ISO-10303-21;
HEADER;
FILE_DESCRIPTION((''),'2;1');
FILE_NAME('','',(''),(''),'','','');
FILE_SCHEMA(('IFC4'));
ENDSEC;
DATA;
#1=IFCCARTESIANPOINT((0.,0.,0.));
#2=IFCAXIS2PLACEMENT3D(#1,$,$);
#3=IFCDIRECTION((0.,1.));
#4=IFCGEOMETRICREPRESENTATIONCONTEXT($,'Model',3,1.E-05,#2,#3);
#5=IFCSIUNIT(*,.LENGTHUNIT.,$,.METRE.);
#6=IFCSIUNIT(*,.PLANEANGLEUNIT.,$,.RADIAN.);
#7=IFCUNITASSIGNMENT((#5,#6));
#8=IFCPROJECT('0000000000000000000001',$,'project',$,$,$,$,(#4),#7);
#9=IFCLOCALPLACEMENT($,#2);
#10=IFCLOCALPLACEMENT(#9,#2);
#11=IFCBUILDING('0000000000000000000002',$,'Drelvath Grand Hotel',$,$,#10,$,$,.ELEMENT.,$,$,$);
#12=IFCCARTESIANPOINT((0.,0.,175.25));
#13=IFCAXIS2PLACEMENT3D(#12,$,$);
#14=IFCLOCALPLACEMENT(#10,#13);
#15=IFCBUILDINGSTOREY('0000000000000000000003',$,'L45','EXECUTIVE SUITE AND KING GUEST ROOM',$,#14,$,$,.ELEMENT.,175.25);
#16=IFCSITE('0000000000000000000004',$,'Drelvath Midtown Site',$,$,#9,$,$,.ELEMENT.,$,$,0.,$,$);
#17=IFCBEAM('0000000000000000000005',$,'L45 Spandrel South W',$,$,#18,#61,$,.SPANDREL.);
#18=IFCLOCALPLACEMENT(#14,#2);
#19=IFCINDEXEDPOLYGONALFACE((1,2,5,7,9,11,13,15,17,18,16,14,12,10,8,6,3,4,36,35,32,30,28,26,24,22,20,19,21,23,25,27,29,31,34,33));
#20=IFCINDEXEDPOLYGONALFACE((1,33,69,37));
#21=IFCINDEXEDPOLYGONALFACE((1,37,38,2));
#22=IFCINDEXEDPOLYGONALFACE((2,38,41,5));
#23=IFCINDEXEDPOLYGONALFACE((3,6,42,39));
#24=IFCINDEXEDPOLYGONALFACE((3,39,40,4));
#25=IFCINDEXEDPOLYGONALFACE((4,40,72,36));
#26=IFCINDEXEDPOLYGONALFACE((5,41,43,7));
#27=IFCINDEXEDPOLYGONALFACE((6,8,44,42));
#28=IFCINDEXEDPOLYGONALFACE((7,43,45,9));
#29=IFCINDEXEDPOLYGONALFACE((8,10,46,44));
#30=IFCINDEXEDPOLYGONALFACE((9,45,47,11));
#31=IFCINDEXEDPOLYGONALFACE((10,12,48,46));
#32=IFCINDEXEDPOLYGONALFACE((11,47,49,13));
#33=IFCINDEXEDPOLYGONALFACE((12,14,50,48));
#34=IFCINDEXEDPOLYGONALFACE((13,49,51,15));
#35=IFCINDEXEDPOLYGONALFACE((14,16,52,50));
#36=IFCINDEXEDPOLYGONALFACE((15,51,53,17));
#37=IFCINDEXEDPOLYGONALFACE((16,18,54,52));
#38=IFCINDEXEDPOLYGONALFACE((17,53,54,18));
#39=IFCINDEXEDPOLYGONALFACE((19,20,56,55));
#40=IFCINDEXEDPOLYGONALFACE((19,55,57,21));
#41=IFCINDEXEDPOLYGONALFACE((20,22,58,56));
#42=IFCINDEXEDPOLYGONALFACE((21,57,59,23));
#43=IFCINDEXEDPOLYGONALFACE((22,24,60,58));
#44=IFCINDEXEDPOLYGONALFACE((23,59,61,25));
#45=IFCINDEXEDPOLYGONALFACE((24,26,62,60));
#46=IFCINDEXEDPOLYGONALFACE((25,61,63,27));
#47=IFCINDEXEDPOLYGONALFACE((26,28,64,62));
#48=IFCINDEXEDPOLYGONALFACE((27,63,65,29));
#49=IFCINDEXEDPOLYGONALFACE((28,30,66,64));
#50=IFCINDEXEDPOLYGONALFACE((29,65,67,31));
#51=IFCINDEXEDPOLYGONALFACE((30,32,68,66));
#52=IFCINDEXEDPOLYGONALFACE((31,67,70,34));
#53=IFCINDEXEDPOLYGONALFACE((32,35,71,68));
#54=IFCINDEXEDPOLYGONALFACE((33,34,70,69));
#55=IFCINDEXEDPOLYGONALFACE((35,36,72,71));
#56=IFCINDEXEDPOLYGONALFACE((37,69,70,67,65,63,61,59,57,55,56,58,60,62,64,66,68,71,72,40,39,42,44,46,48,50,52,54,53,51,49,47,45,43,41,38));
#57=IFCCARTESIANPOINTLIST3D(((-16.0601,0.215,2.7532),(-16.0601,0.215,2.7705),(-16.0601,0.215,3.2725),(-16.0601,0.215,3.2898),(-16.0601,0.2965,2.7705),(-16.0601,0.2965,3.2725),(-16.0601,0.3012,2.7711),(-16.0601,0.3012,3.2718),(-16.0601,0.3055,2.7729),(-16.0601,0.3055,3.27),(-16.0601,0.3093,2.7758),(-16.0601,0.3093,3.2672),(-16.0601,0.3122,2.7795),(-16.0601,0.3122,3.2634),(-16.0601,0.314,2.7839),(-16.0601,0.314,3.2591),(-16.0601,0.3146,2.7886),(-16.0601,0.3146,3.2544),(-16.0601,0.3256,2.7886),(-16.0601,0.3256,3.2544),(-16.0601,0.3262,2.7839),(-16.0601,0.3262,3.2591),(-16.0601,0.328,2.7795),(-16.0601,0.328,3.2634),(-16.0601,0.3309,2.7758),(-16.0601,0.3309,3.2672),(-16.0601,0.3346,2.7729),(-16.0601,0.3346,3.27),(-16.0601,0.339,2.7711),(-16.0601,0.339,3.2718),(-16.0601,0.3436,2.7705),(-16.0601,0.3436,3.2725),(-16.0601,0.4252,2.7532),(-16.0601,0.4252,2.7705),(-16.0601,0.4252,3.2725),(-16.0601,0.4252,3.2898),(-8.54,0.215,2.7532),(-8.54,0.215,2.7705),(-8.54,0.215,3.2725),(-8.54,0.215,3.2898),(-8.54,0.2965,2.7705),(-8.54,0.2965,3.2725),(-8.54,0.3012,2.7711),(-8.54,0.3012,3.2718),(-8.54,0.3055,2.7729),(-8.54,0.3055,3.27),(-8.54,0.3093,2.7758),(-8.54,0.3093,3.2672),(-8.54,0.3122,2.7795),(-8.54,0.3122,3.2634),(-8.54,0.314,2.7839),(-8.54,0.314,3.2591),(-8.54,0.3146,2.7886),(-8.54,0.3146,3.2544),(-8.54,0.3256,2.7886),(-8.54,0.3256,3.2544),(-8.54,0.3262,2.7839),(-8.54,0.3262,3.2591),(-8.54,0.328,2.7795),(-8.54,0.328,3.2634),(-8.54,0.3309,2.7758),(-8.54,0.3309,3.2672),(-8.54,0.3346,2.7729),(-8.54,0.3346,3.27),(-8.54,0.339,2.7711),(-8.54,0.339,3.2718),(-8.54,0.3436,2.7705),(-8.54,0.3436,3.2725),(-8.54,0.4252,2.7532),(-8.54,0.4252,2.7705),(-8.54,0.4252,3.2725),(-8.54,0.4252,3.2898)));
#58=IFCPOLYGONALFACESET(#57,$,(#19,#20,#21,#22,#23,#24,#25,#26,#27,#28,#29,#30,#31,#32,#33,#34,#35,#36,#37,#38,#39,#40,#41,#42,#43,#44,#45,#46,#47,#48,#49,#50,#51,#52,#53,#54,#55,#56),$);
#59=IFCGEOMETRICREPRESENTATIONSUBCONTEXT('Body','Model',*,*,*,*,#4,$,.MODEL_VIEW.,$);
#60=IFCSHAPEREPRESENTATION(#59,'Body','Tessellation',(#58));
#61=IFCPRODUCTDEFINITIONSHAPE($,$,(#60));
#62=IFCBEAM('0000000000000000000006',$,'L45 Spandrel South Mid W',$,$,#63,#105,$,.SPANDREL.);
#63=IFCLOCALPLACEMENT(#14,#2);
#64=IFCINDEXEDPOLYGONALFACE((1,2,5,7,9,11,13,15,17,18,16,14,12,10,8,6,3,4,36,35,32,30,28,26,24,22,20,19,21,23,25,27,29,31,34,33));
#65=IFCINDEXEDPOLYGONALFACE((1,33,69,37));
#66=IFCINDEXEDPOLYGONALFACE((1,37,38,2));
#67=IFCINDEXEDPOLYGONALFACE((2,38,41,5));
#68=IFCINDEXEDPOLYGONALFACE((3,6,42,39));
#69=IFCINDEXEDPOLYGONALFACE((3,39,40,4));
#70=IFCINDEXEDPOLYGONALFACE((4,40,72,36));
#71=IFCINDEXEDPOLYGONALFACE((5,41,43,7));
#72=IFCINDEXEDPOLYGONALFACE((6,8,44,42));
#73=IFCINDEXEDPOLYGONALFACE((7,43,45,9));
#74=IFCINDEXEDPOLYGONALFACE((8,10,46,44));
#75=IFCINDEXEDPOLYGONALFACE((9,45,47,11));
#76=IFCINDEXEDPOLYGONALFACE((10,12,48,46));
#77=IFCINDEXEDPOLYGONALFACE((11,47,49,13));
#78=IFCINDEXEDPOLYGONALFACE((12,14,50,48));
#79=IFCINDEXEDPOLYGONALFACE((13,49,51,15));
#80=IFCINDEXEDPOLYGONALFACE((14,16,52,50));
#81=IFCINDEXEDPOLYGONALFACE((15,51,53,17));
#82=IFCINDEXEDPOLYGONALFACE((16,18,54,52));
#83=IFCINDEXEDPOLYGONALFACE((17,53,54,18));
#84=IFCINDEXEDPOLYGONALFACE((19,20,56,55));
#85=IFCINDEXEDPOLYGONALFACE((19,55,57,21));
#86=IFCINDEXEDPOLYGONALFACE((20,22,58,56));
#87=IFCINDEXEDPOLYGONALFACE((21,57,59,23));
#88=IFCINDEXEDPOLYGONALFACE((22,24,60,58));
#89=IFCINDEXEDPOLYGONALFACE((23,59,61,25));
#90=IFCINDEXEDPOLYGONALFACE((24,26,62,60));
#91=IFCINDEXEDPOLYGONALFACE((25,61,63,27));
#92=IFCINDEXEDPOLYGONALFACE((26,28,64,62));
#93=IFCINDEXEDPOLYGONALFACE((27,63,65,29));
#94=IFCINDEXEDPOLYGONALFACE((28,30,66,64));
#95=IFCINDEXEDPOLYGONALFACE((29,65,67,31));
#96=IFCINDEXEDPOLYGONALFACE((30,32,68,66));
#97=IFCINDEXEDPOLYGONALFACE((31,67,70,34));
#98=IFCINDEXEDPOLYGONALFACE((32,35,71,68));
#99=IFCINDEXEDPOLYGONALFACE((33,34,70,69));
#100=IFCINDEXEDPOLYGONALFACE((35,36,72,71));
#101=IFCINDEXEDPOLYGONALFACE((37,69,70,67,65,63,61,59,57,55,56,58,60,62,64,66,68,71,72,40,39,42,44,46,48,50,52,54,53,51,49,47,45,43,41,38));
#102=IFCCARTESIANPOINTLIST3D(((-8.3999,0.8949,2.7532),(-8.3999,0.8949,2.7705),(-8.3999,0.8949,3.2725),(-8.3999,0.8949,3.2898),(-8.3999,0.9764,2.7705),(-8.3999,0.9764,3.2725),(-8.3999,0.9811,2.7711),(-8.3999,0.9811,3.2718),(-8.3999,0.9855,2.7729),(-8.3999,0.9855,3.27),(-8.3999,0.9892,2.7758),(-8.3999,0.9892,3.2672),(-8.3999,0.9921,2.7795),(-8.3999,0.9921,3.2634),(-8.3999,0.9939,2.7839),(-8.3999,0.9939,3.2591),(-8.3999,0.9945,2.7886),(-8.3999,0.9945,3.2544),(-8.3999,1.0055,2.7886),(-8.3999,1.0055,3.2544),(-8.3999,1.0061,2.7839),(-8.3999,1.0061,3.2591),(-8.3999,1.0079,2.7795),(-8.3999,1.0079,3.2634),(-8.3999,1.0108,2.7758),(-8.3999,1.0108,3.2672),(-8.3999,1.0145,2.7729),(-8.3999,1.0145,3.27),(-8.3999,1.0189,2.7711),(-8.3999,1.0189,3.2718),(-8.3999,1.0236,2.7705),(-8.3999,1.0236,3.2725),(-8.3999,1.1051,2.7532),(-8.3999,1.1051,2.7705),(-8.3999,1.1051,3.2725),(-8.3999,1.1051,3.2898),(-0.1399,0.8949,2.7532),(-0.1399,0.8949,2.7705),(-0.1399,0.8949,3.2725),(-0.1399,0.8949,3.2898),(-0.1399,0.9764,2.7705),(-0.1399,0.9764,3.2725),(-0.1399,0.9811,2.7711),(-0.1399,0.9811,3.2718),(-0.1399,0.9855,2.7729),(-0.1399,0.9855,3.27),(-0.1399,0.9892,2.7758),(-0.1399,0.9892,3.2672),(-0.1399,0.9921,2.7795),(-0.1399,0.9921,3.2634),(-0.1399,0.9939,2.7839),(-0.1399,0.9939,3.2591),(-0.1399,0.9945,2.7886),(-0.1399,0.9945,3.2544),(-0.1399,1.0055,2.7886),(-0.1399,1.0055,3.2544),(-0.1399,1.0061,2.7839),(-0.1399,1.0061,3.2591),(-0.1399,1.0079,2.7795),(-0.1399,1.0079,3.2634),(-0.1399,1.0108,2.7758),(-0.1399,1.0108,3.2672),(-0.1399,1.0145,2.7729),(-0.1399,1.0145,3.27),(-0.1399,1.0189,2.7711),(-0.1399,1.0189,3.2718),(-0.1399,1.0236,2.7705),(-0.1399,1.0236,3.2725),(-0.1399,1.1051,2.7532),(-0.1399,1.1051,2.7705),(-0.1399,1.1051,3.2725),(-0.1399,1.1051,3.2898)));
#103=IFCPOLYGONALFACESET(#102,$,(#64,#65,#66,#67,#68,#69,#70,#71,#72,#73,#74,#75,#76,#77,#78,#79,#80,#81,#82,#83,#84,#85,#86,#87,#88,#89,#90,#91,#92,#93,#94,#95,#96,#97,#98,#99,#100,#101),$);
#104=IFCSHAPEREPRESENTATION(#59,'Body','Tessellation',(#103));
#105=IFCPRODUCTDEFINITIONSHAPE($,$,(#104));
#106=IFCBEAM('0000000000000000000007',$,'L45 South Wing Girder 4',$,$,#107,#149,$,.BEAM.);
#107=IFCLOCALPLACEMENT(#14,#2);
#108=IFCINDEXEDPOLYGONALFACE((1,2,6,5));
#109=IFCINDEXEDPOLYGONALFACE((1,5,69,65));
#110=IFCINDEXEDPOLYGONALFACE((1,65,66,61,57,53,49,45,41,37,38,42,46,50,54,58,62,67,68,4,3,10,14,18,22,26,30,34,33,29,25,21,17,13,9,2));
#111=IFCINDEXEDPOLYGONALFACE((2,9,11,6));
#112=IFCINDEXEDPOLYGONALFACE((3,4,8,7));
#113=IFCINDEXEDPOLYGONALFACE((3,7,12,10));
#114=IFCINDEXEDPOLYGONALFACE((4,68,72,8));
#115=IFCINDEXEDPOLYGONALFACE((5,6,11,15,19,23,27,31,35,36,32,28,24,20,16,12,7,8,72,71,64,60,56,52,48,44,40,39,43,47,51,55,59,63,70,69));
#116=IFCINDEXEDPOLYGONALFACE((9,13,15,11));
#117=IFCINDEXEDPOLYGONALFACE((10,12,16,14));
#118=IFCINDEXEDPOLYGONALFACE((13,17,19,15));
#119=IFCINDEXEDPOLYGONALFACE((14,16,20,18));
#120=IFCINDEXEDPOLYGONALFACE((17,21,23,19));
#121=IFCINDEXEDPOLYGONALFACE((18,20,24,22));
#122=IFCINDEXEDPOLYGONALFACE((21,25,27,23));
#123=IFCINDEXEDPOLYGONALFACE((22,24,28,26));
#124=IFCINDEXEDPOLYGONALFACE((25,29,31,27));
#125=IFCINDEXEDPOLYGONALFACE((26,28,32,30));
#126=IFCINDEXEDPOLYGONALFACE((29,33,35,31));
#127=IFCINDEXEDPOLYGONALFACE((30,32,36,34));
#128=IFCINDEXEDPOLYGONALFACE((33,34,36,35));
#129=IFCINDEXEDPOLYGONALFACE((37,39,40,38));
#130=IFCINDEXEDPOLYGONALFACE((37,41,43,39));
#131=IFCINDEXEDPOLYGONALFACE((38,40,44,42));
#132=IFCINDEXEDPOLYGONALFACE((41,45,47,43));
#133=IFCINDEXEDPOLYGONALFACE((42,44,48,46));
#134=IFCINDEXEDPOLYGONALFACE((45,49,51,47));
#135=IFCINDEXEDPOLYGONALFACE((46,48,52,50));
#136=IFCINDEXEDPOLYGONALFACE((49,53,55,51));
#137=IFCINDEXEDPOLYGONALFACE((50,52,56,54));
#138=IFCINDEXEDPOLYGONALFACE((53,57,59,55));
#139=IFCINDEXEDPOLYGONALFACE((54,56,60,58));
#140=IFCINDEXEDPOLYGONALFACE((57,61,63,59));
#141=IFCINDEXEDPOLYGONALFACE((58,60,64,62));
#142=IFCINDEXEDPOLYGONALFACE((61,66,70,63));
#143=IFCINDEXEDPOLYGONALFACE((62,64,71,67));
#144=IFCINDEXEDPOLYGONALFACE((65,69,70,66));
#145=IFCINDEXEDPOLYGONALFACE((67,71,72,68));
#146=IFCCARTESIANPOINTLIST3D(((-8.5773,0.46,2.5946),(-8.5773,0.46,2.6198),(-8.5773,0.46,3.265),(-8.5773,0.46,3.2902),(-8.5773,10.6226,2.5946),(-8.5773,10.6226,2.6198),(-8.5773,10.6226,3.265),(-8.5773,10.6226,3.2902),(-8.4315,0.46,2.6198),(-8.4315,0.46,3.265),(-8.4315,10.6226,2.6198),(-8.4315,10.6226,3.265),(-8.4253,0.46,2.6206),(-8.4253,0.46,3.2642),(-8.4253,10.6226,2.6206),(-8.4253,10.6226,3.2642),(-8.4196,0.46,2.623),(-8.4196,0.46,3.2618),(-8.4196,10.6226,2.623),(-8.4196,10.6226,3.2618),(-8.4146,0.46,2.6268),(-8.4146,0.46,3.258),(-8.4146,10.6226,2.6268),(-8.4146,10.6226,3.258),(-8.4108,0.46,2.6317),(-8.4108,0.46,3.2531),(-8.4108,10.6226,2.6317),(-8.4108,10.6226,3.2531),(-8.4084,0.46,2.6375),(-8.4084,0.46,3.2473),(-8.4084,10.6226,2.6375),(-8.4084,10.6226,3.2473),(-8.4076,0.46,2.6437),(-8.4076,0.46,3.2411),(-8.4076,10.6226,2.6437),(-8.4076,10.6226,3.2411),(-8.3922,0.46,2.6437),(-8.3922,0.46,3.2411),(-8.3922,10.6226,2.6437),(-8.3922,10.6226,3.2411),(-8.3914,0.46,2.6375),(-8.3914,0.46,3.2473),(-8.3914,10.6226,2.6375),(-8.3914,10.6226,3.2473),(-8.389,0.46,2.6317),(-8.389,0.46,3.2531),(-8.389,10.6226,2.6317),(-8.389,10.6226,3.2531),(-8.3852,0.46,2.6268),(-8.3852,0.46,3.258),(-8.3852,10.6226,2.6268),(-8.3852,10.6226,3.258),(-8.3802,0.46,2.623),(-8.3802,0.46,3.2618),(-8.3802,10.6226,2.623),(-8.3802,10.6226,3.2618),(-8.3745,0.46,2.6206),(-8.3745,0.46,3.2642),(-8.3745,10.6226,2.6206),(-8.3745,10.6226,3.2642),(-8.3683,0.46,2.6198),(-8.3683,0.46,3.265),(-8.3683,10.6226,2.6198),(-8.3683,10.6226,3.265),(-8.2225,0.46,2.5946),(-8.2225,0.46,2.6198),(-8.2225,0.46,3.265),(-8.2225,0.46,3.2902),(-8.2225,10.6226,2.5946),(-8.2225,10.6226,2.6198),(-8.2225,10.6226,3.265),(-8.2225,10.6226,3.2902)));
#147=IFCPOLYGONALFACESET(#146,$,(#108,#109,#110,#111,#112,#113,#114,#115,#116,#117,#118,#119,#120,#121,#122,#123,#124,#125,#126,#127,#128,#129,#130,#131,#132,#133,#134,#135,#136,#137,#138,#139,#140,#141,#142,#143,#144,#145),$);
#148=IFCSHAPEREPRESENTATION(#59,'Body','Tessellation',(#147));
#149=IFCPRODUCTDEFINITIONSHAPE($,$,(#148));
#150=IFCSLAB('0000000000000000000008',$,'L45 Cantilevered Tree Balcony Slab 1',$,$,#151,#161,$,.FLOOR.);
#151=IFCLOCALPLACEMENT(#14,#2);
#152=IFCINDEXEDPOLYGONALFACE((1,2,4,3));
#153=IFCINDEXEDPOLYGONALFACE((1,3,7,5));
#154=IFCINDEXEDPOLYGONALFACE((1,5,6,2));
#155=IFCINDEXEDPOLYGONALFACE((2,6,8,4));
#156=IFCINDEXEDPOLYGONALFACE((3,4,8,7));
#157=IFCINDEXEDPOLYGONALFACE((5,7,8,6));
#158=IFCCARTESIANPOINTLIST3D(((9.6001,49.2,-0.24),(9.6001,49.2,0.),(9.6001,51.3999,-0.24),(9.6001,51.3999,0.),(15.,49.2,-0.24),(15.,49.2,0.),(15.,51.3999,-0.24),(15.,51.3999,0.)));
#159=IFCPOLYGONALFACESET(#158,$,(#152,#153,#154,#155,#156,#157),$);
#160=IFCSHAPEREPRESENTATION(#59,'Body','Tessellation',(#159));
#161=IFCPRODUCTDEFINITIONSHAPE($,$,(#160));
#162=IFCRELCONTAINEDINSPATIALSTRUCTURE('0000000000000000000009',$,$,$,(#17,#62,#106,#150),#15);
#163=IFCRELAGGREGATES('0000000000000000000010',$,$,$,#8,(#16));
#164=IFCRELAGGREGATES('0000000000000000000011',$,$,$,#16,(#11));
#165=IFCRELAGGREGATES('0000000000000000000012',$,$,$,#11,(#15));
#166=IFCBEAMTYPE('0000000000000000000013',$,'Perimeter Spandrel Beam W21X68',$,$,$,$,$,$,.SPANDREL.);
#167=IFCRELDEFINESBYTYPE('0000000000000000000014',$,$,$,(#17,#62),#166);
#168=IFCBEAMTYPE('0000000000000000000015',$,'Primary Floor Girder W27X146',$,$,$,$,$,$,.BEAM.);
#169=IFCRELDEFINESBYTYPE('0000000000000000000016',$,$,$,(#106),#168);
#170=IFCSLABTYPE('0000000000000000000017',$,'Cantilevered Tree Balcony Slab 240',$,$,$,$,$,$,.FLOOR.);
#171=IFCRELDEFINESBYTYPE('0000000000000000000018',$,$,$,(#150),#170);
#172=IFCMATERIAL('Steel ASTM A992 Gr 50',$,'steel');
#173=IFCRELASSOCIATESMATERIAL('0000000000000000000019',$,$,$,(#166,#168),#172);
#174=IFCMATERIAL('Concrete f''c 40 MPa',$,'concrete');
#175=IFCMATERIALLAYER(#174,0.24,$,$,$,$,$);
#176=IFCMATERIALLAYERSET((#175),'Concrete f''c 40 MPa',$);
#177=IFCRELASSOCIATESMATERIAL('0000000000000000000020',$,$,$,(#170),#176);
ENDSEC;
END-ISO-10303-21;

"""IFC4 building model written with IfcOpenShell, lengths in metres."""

from ifc_helpers import new_model, si_unit, direction, frame, origin, origin_2d, place, context, subcontext, project, spatial, polyline, i_section, outline, extrude, material, layer, layer_set, material_profile, profile_set, type_object, element, save


model = new_model("IFC4")

# Units and contexts
model_context = context("Model", 3, precision=1e-05, world=origin(), true_north=direction((0.0, 1.0)))
body_context = subcontext(model_context, "Body", "Model", "MODEL_VIEW")
ifc_project = project(units=[si_unit("LENGTHUNIT", "METRE"), si_unit("PLANEANGLEUNIT", "RADIAN")], contexts=[model_context])

# Site, building, storey
site_placement = place(None, origin())
site = spatial("IfcSite", under=ifc_project, at=site_placement, Name="Drelvath Midtown Site", CompositionType="ELEMENT", RefElevation=0.0)
building_placement = place(site_placement, origin())
building = spatial("IfcBuilding", under=site, at=building_placement, Name="Drelvath Grand Hotel", CompositionType="ELEMENT")
storey_placement = place(building_placement, frame((0.0, 0.0, 175.25)))
storey = spatial("IfcBuildingStorey", under=building, at=storey_placement, Name="L45", Description="EXECUTIVE SUITE AND KING GUEST ROOM", CompositionType="ELEMENT", Elevation=175.25)

# Beams
ifc_material_1 = material(Name="Steel ASTM A992 Gr 50", Category="steel")
ifc_material_profile_1 = material_profile(ifc_material_1, i_section(OverallWidth=0.2102, OverallDepth=0.5366, WebThickness=0.011, FlangeThickness=0.0173, FilletRadius=0.0181, at=origin_2d()), Name="W21X68")
ifc_profile_set_1 = profile_set([ifc_material_profile_1], Name="Steel ASTM A992 Gr 50")
beam_type_1 = type_object("IfcBeamType", Name="Perimeter Spandrel Beam W21X68", PredefinedType="SPANDREL", material=ifc_profile_set_1)
beam_1_placement = place(storey_placement, frame((-16.0601, 0.3201, 3.0215), z_axis=(1.0, 0.0, 0.0), x_axis=(0.0, 1.0, 0.0)))
element("IfcBeam", 1, at=beam_1_placement, inside=storey, type_object=beam_type_1, Name="L45 Spandrel South W", PredefinedType="SPANDREL", context=body_context, shape_type="SweptSolid", body=[
    extrude(i_section(OverallWidth=0.2102, OverallDepth=0.5366, WebThickness=0.011, FlangeThickness=0.0173, FilletRadius=0.0181, at=origin_2d()), origin(), (0.0, 0.0, 1.0), 7.52),
])
beam_2_placement = place(storey_placement, frame((-8.3999, 1.0, 3.0215), z_axis=(1.0, 0.0, 0.0), x_axis=(0.0, 1.0, 0.0)))
element("IfcBeam", 2, at=beam_2_placement, inside=storey, type_object=beam_type_1, Name="L45 Spandrel South Mid W", PredefinedType="SPANDREL", context=body_context, shape_type="SweptSolid", body=[
    extrude(i_section(OverallWidth=0.2102, OverallDepth=0.5366, WebThickness=0.011, FlangeThickness=0.0173, FilletRadius=0.0181, at=origin_2d()), origin(), (0.0, 0.0, 1.0), 8.26),
])
ifc_material_profile_2 = material_profile(ifc_material_1, i_section(OverallWidth=0.3547, OverallDepth=0.6956, WebThickness=0.0154, FlangeThickness=0.0251, FilletRadius=0.0239, at=origin_2d()), Name="W27X146")
ifc_profile_set_2 = profile_set([ifc_material_profile_2], Name="Steel ASTM A992 Gr 50")
beam_type_2 = type_object("IfcBeamType", Name="Primary Floor Girder W27X146", PredefinedType="BEAM", material=ifc_profile_set_2)
beam_3_placement = place(storey_placement, frame((-8.3999, 0.46, 2.9424), z_axis=(0.0, 1.0, 0.0), x_axis=(-1.0, 0.0, 0.0)))
element("IfcBeam", 3, at=beam_3_placement, inside=storey, type_object=beam_type_2, Name="L45 South Wing Girder 4", PredefinedType="BEAM", context=body_context, shape_type="SweptSolid", body=[
    extrude(i_section(OverallWidth=0.3547, OverallDepth=0.6956, WebThickness=0.0154, FlangeThickness=0.0251, FilletRadius=0.0239, at=origin_2d()), origin(), (0.0, 0.0, 1.0), 10.1626),
])

# Slab
ifc_material_2 = material(Name="Concrete f'c 40 MPa", Category="concrete")
ifc_layer_1 = layer(ifc_material_2, 0.24)
ifc_layer_set_1 = layer_set([ifc_layer_1], Name="Concrete f'c 40 MPa")
slab_type_1 = type_object("IfcSlabType", Name="Cantilevered Tree Balcony Slab 240", PredefinedType="FLOOR", material=ifc_layer_set_1)
slab_1_placement = place(storey_placement, frame((0.0, 0.0, -0.24)))
element("IfcSlab", 4, at=slab_1_placement, inside=storey, type_object=slab_type_1, Name="L45 Cantilevered Tree Balcony Slab 1", PredefinedType="FLOOR", context=body_context, shape_type="SweptSolid", body=[
    extrude(outline(polyline([(9.6001, 49.2), (15.0, 49.2), (15.0, 51.3999), (9.6001, 51.3999), (9.6001, 49.2)])), origin(), (0.0, 0.0, 1.0), 0.24),
])

save(model, "model.ifc")
